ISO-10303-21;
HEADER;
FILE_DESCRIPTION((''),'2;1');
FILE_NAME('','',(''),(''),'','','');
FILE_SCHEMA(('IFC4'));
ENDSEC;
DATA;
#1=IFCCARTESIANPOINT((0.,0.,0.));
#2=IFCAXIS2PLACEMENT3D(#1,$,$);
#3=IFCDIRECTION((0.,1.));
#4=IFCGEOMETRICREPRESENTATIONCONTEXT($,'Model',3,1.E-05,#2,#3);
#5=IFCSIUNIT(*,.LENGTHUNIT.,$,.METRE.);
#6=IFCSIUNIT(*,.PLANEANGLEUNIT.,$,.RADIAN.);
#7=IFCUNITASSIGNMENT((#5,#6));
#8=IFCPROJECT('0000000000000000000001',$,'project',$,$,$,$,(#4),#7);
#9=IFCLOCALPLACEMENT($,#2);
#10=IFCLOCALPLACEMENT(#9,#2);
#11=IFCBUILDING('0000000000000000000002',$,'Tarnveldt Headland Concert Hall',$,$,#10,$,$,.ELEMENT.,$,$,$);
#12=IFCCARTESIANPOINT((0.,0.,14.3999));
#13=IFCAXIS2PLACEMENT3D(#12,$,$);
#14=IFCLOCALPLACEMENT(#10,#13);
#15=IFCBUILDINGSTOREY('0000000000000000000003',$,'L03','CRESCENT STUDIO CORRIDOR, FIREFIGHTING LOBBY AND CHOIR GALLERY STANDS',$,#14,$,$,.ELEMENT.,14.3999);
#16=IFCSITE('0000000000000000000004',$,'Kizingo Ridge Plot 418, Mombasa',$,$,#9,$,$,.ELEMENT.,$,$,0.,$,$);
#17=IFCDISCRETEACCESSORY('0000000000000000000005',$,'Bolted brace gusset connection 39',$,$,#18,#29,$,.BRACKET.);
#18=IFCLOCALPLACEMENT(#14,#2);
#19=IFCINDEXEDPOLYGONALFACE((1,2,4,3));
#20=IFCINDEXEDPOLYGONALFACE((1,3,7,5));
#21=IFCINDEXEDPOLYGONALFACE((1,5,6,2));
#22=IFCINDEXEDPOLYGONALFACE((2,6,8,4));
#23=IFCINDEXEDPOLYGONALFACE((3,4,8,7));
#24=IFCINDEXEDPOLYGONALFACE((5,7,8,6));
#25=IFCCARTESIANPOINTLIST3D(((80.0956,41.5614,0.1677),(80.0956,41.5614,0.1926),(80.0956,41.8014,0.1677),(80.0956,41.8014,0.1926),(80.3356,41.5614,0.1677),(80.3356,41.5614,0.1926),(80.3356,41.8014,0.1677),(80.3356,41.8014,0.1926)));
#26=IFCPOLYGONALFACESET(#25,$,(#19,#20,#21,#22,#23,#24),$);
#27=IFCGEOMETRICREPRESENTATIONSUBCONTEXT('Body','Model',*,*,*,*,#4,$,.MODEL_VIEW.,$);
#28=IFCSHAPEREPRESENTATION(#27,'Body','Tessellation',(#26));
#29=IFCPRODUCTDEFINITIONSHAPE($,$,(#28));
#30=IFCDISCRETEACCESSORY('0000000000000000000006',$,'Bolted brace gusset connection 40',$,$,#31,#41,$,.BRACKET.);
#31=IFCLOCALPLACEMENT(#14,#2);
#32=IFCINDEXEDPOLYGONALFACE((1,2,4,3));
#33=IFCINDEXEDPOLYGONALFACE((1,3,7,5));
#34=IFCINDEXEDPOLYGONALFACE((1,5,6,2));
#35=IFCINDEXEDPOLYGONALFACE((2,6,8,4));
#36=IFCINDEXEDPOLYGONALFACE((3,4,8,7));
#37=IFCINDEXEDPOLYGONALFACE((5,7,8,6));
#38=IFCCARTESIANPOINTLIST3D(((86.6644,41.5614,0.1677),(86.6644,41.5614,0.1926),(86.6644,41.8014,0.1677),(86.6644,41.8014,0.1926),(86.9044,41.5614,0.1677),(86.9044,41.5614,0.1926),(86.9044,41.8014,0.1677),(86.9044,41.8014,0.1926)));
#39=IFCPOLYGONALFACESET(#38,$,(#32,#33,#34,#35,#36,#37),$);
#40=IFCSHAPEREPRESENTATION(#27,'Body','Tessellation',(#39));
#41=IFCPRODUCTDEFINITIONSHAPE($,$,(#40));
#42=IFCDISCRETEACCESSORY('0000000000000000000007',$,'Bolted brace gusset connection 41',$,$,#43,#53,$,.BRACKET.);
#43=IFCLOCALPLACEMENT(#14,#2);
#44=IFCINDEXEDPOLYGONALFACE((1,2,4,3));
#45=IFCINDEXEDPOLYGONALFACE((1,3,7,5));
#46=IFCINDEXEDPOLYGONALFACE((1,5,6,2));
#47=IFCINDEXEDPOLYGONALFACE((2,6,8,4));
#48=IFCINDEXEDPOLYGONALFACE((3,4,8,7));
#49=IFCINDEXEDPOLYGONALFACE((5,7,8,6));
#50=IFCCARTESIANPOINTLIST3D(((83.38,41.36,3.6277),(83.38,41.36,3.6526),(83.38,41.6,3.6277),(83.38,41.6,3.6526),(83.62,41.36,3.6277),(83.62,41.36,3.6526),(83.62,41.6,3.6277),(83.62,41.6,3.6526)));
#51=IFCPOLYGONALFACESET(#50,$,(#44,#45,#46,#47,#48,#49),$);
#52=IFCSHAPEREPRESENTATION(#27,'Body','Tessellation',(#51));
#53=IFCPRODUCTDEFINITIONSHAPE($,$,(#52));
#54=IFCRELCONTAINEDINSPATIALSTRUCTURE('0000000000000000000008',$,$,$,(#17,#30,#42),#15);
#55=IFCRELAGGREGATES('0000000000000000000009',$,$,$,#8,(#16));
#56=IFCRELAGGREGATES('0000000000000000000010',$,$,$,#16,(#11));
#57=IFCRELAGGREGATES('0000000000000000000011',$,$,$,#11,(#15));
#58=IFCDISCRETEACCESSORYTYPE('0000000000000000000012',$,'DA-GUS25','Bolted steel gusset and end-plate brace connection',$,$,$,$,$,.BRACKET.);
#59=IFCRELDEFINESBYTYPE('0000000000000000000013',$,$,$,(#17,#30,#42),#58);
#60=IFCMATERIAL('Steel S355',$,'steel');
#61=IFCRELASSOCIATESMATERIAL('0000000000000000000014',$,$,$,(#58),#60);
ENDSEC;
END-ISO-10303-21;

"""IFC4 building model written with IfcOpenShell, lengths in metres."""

from ifc_helpers import new_model, si_unit, direction, frame, origin, origin_2d, place, context, subcontext, project, spatial, rectangle, extrude, material, type_object, element, save


model = new_model("IFC4")

# Units and contexts
model_context = context("Model", 3, precision=1e-05, world=origin(), true_north=direction((0.0, 1.0)))
body_context = subcontext(model_context, "Body", "Model", "MODEL_VIEW")
ifc_project = project(units=[si_unit("LENGTHUNIT", "METRE"), si_unit("PLANEANGLEUNIT", "RADIAN")], contexts=[model_context])

# Site, building, storey
site_placement = place(None, origin())
site = spatial("IfcSite", under=ifc_project, at=site_placement, Name="Kizingo Ridge Plot 418, Mombasa", CompositionType="ELEMENT", RefElevation=0.0)
building_placement = place(site_placement, origin())
building = spatial("IfcBuilding", under=site, at=building_placement, Name="Tarnveldt Headland Concert Hall", CompositionType="ELEMENT")
storey_placement = place(building_placement, frame((0.0, 0.0, 14.3999)))
storey = spatial("IfcBuildingStorey", under=building, at=storey_placement, Name="L03", Description="CRESCENT STUDIO CORRIDOR, FIREFIGHTING LOBBY AND CHOIR GALLERY STANDS", CompositionType="ELEMENT", Elevation=14.3999)

# Shared definitions
ifc_material_1 = material(Name="Steel S355", Category="steel")

# Discrete accessories
discrete_accessory_type = type_object("IfcDiscreteAccessoryType", Name="DA-GUS25", Description="Bolted steel gusset and end-plate brace connection", PredefinedType="BRACKET", material=ifc_material_1)
for number, where, z_axis, x_axis, name in (
    (1, (80.2156, 41.6814, 0.1677), (0.0, 0.0, 1.0), (1.0, 0.0, 0.0), "Bolted brace gusset connection 39"),
    (2, (86.7844, 41.6814, 0.1677), (0.0, 0.0, 1.0), (1.0, 0.0, 0.0), "Bolted brace gusset connection 40"),
    (3, (83.5, 41.48, 3.6277), (0.0, 0.0, 1.0), (1.0, 0.0, 0.0), "Bolted brace gusset connection 41"),
):
    element("IfcDiscreteAccessory", number, at=place(storey_placement, frame(where, z_axis=z_axis, x_axis=x_axis)), inside=storey, type_object=discrete_accessory_type, Name=name, PredefinedType="BRACKET", context=body_context, shape_type="SweptSolid", body=[
        extrude(rectangle(XDim=0.24, YDim=0.24, at=origin_2d()), origin(), (0.0, 0.0, 1.0), 0.0249),
    ])

save(model, "model.ifc")
